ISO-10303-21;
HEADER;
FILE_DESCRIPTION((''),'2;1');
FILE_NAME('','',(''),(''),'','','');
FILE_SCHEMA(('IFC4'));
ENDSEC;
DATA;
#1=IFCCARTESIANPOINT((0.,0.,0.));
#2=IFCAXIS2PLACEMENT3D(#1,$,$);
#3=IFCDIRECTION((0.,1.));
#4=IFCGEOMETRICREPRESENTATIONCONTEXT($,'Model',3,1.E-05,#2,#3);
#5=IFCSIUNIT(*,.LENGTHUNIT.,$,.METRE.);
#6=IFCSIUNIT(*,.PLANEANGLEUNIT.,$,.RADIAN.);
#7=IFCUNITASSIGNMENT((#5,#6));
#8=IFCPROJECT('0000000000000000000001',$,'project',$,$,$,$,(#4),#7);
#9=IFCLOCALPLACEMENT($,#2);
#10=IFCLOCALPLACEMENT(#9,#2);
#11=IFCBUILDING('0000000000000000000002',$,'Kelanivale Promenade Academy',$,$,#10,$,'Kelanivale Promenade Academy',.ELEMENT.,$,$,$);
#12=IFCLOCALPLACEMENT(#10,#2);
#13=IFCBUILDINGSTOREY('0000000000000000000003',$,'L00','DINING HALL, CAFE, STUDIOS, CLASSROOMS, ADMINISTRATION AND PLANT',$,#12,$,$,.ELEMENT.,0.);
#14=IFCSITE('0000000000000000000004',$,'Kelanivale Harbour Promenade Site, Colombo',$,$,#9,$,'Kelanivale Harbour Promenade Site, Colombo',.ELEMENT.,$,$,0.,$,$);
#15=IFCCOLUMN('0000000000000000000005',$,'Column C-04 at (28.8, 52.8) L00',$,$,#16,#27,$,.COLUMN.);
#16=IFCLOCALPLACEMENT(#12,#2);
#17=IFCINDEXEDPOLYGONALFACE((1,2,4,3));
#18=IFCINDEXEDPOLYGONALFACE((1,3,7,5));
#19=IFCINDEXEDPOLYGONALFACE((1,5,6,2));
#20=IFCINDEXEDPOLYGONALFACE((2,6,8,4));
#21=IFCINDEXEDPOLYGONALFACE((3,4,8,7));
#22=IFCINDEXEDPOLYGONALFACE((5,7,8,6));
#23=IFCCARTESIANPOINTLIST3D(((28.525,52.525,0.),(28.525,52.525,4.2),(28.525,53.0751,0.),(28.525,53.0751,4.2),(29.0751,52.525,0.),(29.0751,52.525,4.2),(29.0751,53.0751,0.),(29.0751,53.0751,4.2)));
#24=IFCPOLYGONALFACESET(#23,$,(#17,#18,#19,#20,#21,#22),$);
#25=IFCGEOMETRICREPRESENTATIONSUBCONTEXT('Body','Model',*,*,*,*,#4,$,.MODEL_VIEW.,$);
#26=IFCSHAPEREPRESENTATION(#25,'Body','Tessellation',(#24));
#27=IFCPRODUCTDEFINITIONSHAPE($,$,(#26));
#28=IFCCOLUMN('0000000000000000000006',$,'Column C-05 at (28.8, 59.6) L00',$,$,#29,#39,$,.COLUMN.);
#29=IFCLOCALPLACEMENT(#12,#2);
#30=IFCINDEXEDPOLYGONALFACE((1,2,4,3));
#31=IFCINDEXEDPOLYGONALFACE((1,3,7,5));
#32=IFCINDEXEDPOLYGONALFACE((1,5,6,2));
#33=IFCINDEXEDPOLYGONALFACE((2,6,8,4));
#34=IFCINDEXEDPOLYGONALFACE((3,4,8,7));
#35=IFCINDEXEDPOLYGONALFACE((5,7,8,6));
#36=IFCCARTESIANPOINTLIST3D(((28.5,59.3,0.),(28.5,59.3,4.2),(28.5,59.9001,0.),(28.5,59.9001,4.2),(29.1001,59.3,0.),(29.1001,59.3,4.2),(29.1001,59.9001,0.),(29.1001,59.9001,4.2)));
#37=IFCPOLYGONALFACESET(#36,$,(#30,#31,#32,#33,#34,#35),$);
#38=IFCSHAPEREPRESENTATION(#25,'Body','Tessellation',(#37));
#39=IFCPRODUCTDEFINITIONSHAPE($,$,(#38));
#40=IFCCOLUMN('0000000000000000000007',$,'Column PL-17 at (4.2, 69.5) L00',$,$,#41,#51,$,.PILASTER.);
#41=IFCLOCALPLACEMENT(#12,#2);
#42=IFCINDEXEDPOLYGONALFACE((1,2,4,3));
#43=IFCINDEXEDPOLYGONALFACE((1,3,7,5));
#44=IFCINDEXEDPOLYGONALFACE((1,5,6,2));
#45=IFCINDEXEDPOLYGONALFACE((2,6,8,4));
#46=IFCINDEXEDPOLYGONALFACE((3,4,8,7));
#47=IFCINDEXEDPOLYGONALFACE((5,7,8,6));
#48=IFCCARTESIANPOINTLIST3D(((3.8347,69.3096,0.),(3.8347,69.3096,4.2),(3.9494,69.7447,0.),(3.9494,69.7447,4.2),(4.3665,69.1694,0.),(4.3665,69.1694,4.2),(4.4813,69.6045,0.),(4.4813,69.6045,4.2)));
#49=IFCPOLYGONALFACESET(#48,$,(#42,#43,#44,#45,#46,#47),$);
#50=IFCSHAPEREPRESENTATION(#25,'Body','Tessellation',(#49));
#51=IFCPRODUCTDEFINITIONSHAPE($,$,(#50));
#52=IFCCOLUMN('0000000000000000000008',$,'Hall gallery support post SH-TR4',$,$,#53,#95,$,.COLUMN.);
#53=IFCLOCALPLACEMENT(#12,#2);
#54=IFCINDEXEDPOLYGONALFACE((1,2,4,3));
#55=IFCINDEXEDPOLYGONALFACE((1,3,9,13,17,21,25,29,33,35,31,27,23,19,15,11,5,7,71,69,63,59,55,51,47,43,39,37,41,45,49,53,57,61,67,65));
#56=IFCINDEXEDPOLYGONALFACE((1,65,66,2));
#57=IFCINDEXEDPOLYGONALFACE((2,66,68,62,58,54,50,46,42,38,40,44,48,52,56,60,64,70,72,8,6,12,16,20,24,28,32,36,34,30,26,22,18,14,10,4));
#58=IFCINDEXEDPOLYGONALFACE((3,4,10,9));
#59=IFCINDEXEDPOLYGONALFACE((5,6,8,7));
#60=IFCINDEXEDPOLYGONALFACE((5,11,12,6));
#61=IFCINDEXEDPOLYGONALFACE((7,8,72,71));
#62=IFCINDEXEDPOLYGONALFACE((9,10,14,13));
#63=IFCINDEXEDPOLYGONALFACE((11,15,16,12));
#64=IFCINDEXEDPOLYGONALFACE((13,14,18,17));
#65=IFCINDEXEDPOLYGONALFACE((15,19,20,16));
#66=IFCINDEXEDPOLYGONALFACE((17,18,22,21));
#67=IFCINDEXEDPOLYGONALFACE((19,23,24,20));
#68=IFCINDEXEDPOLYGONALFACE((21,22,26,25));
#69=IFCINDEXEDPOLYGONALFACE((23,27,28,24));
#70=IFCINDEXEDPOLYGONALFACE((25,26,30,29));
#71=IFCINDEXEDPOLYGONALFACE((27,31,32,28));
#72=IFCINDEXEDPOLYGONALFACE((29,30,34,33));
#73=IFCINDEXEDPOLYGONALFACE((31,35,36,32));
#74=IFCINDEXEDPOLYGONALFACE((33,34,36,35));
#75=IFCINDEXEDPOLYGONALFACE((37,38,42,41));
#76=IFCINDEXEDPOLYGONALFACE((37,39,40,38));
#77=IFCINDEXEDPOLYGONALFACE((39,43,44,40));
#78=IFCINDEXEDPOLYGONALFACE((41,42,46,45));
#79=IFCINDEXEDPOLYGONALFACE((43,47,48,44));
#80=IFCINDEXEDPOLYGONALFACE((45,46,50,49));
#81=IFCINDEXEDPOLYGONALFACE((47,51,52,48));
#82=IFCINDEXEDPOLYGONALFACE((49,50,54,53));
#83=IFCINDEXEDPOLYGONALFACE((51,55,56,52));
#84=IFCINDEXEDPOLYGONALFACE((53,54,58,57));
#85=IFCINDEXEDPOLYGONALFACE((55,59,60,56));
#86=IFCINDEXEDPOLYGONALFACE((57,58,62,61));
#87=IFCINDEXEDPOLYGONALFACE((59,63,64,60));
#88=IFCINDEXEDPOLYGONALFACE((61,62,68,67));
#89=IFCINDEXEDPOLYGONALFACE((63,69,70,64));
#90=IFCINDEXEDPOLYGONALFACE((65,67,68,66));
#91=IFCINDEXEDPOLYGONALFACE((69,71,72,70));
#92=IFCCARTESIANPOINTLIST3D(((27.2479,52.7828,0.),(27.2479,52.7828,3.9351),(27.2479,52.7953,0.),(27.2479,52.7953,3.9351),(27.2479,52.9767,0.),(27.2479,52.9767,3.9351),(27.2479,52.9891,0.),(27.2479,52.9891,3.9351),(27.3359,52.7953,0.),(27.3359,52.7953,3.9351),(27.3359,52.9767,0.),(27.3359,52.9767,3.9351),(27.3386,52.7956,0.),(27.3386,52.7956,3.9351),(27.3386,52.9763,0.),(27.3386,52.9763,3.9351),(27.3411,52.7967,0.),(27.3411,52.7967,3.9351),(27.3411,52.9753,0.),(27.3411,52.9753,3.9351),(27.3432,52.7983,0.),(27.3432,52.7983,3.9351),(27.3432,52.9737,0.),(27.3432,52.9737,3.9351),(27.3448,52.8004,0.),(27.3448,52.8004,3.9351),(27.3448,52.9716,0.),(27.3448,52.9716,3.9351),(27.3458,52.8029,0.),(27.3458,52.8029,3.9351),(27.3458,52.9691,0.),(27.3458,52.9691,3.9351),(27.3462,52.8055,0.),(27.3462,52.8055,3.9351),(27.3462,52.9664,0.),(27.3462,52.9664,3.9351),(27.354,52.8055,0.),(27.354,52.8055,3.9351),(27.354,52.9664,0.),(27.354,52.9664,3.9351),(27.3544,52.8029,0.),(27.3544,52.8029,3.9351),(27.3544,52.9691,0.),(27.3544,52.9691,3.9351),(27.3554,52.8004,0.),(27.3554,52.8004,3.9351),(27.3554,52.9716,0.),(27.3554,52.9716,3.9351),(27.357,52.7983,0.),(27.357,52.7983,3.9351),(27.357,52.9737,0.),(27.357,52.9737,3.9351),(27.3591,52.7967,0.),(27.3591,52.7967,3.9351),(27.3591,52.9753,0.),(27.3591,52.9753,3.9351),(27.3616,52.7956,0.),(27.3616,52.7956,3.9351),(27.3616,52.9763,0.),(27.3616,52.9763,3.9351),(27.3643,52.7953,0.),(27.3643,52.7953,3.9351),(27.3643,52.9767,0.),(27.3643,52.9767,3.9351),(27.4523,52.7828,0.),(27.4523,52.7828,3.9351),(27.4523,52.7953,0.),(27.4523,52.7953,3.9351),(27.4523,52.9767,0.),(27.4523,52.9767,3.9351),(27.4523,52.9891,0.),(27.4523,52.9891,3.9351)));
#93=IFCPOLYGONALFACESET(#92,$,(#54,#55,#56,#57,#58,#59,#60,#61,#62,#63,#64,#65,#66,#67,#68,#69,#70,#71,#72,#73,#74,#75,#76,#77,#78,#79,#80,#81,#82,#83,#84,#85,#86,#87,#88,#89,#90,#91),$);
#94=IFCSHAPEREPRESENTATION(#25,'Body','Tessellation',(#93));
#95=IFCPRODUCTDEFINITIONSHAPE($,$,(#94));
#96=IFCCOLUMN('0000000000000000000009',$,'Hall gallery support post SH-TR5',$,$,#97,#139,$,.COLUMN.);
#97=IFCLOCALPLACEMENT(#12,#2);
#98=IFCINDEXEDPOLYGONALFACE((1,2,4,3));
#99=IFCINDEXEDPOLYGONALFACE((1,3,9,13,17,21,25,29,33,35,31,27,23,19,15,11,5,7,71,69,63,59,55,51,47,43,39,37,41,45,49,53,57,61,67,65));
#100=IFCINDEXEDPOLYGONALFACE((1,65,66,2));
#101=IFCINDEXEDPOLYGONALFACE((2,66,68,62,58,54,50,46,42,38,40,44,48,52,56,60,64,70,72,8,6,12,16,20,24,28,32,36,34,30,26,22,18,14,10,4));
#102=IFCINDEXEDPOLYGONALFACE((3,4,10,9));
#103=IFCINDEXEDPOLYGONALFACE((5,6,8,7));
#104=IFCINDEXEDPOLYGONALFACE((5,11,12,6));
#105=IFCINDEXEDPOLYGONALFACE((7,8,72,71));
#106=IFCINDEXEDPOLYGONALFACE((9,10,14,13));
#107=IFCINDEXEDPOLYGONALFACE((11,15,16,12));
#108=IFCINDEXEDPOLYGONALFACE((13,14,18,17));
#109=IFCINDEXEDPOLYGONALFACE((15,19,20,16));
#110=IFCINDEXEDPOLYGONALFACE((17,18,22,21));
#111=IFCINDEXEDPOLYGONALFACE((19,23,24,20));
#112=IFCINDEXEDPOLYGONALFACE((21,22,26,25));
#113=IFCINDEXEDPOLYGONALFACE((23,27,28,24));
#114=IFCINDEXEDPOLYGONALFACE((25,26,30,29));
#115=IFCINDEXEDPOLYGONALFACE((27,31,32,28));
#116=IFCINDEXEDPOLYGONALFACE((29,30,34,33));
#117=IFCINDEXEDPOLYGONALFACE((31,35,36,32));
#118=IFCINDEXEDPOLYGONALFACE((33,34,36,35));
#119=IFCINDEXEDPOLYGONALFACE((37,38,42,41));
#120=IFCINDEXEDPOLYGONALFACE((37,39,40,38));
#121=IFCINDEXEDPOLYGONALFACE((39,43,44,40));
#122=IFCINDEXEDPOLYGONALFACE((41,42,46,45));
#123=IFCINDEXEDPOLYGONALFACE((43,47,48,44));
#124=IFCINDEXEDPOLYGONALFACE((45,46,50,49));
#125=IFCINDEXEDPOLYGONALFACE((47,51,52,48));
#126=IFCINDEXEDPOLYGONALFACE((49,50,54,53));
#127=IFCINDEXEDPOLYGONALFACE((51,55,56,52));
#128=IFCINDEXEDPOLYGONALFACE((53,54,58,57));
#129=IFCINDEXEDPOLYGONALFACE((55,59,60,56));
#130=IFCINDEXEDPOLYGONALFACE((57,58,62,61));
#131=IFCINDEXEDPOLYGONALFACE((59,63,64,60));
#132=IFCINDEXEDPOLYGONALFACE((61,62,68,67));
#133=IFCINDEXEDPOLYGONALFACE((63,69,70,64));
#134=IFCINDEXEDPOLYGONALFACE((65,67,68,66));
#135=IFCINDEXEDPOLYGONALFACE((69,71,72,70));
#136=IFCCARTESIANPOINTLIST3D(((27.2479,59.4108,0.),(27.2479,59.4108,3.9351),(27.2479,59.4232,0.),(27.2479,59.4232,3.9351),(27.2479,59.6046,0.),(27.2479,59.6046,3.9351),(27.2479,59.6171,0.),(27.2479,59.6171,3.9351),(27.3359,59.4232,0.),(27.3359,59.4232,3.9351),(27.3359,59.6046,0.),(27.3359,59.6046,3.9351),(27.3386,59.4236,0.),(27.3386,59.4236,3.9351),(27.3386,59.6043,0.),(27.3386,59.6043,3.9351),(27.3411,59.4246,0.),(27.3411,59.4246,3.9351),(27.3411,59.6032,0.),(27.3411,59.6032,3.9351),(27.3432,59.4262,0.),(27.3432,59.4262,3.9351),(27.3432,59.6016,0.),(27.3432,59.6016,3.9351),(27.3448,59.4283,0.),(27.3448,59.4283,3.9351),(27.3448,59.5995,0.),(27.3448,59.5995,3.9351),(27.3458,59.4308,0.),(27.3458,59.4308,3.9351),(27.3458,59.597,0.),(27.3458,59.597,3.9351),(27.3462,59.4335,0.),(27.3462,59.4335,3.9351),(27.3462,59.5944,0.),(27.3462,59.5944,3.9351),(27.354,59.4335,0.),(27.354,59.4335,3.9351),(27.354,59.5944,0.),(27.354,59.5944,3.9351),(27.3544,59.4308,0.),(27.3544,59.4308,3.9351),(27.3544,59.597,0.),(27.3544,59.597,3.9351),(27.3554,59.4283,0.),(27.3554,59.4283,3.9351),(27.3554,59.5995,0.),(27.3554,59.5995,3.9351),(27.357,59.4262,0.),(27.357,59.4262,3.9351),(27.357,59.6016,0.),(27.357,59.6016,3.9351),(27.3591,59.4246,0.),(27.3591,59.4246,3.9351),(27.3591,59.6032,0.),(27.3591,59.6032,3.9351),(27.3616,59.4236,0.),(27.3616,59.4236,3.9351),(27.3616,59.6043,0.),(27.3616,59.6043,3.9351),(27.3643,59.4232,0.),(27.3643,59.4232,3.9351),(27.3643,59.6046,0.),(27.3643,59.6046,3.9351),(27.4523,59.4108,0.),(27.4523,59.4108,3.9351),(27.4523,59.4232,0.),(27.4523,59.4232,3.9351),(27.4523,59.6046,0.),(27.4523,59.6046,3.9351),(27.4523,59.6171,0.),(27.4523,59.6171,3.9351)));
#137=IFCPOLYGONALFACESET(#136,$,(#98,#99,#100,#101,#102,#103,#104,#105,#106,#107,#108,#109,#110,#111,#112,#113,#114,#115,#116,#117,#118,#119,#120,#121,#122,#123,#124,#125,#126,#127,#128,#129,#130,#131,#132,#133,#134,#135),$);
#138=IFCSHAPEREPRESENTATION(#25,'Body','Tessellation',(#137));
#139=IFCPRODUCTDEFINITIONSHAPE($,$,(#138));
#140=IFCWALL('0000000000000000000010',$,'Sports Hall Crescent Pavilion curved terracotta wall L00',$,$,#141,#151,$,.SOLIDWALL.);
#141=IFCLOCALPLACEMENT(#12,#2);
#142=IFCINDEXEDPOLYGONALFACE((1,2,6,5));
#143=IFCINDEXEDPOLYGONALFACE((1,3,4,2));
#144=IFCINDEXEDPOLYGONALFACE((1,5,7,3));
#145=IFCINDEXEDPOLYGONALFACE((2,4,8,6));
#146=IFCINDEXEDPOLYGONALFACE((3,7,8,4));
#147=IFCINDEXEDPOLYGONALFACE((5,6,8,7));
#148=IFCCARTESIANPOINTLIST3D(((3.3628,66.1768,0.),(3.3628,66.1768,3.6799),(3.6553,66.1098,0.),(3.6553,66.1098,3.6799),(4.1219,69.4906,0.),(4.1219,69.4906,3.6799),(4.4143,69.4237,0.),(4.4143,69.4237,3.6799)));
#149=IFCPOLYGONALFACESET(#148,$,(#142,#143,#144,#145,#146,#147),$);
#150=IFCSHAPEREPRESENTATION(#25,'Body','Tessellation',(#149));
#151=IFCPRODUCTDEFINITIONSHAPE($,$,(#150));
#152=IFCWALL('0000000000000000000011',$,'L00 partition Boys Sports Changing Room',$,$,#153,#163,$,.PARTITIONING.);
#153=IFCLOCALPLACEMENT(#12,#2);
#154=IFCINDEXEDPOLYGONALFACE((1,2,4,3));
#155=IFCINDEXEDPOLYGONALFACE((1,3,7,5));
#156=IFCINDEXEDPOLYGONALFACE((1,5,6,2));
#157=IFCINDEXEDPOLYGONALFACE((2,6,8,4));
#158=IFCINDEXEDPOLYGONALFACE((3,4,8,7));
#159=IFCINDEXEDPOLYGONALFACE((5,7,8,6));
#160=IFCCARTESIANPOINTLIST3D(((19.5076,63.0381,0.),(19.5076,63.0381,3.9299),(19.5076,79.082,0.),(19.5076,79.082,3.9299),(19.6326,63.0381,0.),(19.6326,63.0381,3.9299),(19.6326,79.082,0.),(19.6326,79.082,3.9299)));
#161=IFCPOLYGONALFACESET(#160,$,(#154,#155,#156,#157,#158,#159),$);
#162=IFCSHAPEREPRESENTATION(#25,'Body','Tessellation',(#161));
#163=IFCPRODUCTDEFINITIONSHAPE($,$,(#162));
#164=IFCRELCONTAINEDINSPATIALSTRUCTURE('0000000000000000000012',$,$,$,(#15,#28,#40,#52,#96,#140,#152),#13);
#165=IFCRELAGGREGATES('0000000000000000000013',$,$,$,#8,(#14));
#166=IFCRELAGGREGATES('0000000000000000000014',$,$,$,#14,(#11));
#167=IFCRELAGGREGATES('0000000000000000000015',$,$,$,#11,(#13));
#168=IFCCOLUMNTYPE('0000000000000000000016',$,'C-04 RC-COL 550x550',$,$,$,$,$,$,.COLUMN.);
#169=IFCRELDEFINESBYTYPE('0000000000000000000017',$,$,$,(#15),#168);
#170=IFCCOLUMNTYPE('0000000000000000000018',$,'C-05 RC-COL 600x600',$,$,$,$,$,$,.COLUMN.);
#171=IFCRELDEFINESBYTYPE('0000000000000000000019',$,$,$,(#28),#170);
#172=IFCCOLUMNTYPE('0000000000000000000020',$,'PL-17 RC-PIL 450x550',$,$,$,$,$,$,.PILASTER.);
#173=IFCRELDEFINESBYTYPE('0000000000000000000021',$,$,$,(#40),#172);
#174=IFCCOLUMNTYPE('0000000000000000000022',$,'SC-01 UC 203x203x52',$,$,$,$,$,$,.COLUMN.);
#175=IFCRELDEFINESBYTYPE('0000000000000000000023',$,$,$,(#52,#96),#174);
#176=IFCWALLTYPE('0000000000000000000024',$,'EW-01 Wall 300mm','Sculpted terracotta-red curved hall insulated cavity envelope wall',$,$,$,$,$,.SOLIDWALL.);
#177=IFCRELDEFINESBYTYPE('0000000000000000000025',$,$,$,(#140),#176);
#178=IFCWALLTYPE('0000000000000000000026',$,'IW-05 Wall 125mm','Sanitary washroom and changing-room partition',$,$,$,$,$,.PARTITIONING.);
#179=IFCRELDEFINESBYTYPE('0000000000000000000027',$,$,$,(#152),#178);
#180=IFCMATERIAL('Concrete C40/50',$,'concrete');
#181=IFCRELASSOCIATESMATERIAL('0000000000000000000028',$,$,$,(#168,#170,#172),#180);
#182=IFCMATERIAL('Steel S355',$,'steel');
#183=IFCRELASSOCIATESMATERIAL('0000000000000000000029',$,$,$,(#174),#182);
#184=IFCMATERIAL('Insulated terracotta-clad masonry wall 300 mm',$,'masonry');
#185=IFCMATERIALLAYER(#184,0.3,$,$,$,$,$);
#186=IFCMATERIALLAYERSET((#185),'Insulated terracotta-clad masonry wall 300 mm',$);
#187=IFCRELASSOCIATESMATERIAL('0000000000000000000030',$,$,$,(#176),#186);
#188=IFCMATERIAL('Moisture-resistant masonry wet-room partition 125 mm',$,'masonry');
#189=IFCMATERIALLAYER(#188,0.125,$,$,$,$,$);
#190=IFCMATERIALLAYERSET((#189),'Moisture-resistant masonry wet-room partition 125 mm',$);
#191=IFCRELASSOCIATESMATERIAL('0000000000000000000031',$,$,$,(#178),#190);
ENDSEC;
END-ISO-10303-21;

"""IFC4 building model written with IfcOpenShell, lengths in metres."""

from ifc_helpers import new_model, si_unit, direction, frame, frame_2d, origin, origin_2d, place, context, subcontext, project, spatial, rectangle, i_section, extrude, material, layer, layer_set, material_profile, profile_set, type_object, element, save


model = new_model("IFC4")

# Units and contexts
model_context = context("Model", 3, precision=1e-05, world=origin(), true_north=direction((0.0, 1.0)))
body_context = subcontext(model_context, "Body", "Model", "MODEL_VIEW")
ifc_project = project(units=[si_unit("LENGTHUNIT", "METRE"), si_unit("PLANEANGLEUNIT", "RADIAN")], contexts=[model_context])

# Site, building, storey
site_placement = place(None, origin())
site = spatial("IfcSite", under=ifc_project, at=site_placement, Name="Kelanivale Harbour Promenade Site, Colombo", LongName="Kelanivale Harbour Promenade Site, Colombo", CompositionType="ELEMENT", RefElevation=0.0)
building_placement = place(site_placement, origin())
building = spatial("IfcBuilding", under=site, at=building_placement, Name="Kelanivale Promenade Academy", LongName="Kelanivale Promenade Academy", CompositionType="ELEMENT")
storey_placement = place(building_placement, origin())
storey = spatial("IfcBuildingStorey", under=building, at=storey_placement, Name="L00", Description="DINING HALL, CAFE, STUDIOS, CLASSROOMS, ADMINISTRATION AND PLANT", CompositionType="ELEMENT", Elevation=0.0)

# Columns
ifc_material_1 = material(Name="Concrete C40/50", Category="concrete")
ifc_material_profile_1 = material_profile(ifc_material_1, rectangle(XDim=0.55, YDim=0.55, at=origin_2d()), Name="RC-COL 550x550")
ifc_profile_set_1 = profile_set([ifc_material_profile_1], Name="Concrete C40/50")
column_type_1 = type_object("IfcColumnType", Name="C-04 RC-COL 550x550", PredefinedType="COLUMN", material=ifc_profile_set_1)
column_1_placement = place(storey_placement, frame((28.8, 52.8, 0.0), z_axis=(0.0, 0.0, 1.0), x_axis=(1.0, 0.0, 0.0)))
element("IfcColumn", 1, at=column_1_placement, inside=storey, type_object=column_type_1, Name="Column C-04 at (28.8, 52.8) L00", PredefinedType="COLUMN", context=body_context, shape_type="SweptSolid", body=[
    extrude(rectangle(XDim=0.55, YDim=0.55, at=origin_2d()), origin(), (0.0, 0.0, 1.0), 4.2),
])
ifc_material_profile_2 = material_profile(ifc_material_1, rectangle(XDim=0.6001, YDim=0.6001, at=origin_2d()), Name="RC-COL 600x600")
ifc_profile_set_2 = profile_set([ifc_material_profile_2], Name="Concrete C40/50")
column_type_2 = type_object("IfcColumnType", Name="C-05 RC-COL 600x600", PredefinedType="COLUMN", material=ifc_profile_set_2)
column_2_placement = place(storey_placement, frame((28.8, 59.6001, 0.0), z_axis=(0.0, 0.0, 1.0), x_axis=(1.0, 0.0, 0.0)))
element("IfcColumn", 2, at=column_2_placement, inside=storey, type_object=column_type_2, Name="Column C-05 at (28.8, 59.6) L00", PredefinedType="COLUMN", context=body_context, shape_type="SweptSolid", body=[
    extrude(rectangle(XDim=0.6001, YDim=0.6001, at=origin_2d()), origin(), (0.0, 0.0, 1.0), 4.2),
])
ifc_material_profile_3 = material_profile(ifc_material_1, rectangle(XDim=0.45, YDim=0.55, at=origin_2d()), Name="RC-PIL 450x550")
ifc_profile_set_3 = profile_set([ifc_material_profile_3], Name="Concrete C40/50")
column_type_3 = type_object("IfcColumnType", Name="PL-17 RC-PIL 450x550", PredefinedType="PILASTER", material=ifc_profile_set_3)
column_3_placement = place(storey_placement, frame((4.158, 69.457, 0.0), z_axis=(0.0, 0.0, 1.0), x_axis=(0.254939, 0.966957, 0.0)))
element("IfcColumn", 3, at=column_3_placement, inside=storey, type_object=column_type_3, Name="Column PL-17 at (4.2, 69.5) L00", PredefinedType="PILASTER", context=body_context, shape_type="SweptSolid", body=[
    extrude(rectangle(XDim=0.45, YDim=0.55, at=origin_2d()), origin(), (0.0, 0.0, 1.0), 4.2),
])
ifc_material_2 = material(Name="Steel S355", Category="steel")
ifc_material_profile_4 = material_profile(ifc_material_2, i_section(OverallWidth=0.2043, OverallDepth=0.2063, WebThickness=0.0078, FlangeThickness=0.0125, FilletRadius=0.0103, at=origin_2d()), Name="UC 203x203x52")
ifc_profile_set_4 = profile_set([ifc_material_profile_4], Name="Steel S355")
column_type_4 = type_object("IfcColumnType", Name="SC-01 UC 203x203x52", PredefinedType="COLUMN", material=ifc_profile_set_4)
for number, where, z_axis, x_axis, name in (
    (4, (27.3501, 52.886, 0.0), (0.0, 0.0, 1.0), (1.0, 0.0, 0.0), "Hall gallery support post SH-TR4"),
    (5, (27.3501, 59.5139, 0.0), (0.0, 0.0, 1.0), (1.0, 0.0, 0.0), "Hall gallery support post SH-TR5"),
):
    element("IfcColumn", number, at=place(storey_placement, frame(where, z_axis=z_axis, x_axis=x_axis)), inside=storey, type_object=column_type_4, Name=name, PredefinedType="COLUMN", context=body_context, shape_type="SweptSolid", body=[
        extrude(i_section(OverallWidth=0.2043, OverallDepth=0.2063, WebThickness=0.0078, FlangeThickness=0.0125, FilletRadius=0.0103, at=origin_2d()), origin(), (0.0, 0.0, 1.0), 3.9351),
    ])

# Walls
ifc_material_3 = material(Name="Insulated terracotta-clad masonry wall 300 mm", Category="masonry")
ifc_layer_1 = layer(ifc_material_3, 0.3)
ifc_layer_set_1 = layer_set([ifc_layer_1], Name="Insulated terracotta-clad masonry wall 300 mm")
wall_type_1 = type_object("IfcWallType", Name="EW-01 Wall 300mm", Description="Sculpted terracotta-red curved hall insulated cavity envelope wall", PredefinedType="SOLIDWALL", material=ifc_layer_set_1)
wall_1_placement = place(storey_placement, frame((4.2681, 69.457, 0.0), z_axis=(0.0, 0.0, 1.0), x_axis=(-0.22326, -0.974759, 0.0)))
element("IfcWall", 6, at=wall_1_placement, inside=storey, type_object=wall_type_1, Name="Sports Hall Crescent Pavilion curved terracotta wall L00", PredefinedType="SOLIDWALL", context=body_context, shape_type="SweptSolid", body=[
    extrude(rectangle(XDim=3.3997, YDim=0.3, at=frame_2d((1.6997, 0.0))), origin(), (0.0, 0.0, 1.0), 3.6799),
])
ifc_material_4 = material(Name="Moisture-resistant masonry wet-room partition 125 mm", Category="masonry")
ifc_layer_2 = layer(ifc_material_4, 0.125)
ifc_layer_set_2 = layer_set([ifc_layer_2], Name="Moisture-resistant masonry wet-room partition 125 mm")
wall_type_2 = type_object("IfcWallType", Name="IW-05 Wall 125mm", Description="Sanitary washroom and changing-room partition", PredefinedType="PARTITIONING", material=ifc_layer_set_2)
wall_2_placement = place(storey_placement, frame((19.5701, 63.0381, 0.0), z_axis=(0.0, 0.0, 1.0), x_axis=(0.0, 1.0, 0.0)))
element("IfcWall", 7, at=wall_2_placement, inside=storey, type_object=wall_type_2, Name="L00 partition Boys Sports Changing Room", PredefinedType="PARTITIONING", context=body_context, shape_type="SweptSolid", body=[
    extrude(rectangle(XDim=16.0439, YDim=0.125, at=frame_2d((8.022, 0.0))), origin(), (0.0, 0.0, 1.0), 3.9299),
])

save(model, "model.ifc")
